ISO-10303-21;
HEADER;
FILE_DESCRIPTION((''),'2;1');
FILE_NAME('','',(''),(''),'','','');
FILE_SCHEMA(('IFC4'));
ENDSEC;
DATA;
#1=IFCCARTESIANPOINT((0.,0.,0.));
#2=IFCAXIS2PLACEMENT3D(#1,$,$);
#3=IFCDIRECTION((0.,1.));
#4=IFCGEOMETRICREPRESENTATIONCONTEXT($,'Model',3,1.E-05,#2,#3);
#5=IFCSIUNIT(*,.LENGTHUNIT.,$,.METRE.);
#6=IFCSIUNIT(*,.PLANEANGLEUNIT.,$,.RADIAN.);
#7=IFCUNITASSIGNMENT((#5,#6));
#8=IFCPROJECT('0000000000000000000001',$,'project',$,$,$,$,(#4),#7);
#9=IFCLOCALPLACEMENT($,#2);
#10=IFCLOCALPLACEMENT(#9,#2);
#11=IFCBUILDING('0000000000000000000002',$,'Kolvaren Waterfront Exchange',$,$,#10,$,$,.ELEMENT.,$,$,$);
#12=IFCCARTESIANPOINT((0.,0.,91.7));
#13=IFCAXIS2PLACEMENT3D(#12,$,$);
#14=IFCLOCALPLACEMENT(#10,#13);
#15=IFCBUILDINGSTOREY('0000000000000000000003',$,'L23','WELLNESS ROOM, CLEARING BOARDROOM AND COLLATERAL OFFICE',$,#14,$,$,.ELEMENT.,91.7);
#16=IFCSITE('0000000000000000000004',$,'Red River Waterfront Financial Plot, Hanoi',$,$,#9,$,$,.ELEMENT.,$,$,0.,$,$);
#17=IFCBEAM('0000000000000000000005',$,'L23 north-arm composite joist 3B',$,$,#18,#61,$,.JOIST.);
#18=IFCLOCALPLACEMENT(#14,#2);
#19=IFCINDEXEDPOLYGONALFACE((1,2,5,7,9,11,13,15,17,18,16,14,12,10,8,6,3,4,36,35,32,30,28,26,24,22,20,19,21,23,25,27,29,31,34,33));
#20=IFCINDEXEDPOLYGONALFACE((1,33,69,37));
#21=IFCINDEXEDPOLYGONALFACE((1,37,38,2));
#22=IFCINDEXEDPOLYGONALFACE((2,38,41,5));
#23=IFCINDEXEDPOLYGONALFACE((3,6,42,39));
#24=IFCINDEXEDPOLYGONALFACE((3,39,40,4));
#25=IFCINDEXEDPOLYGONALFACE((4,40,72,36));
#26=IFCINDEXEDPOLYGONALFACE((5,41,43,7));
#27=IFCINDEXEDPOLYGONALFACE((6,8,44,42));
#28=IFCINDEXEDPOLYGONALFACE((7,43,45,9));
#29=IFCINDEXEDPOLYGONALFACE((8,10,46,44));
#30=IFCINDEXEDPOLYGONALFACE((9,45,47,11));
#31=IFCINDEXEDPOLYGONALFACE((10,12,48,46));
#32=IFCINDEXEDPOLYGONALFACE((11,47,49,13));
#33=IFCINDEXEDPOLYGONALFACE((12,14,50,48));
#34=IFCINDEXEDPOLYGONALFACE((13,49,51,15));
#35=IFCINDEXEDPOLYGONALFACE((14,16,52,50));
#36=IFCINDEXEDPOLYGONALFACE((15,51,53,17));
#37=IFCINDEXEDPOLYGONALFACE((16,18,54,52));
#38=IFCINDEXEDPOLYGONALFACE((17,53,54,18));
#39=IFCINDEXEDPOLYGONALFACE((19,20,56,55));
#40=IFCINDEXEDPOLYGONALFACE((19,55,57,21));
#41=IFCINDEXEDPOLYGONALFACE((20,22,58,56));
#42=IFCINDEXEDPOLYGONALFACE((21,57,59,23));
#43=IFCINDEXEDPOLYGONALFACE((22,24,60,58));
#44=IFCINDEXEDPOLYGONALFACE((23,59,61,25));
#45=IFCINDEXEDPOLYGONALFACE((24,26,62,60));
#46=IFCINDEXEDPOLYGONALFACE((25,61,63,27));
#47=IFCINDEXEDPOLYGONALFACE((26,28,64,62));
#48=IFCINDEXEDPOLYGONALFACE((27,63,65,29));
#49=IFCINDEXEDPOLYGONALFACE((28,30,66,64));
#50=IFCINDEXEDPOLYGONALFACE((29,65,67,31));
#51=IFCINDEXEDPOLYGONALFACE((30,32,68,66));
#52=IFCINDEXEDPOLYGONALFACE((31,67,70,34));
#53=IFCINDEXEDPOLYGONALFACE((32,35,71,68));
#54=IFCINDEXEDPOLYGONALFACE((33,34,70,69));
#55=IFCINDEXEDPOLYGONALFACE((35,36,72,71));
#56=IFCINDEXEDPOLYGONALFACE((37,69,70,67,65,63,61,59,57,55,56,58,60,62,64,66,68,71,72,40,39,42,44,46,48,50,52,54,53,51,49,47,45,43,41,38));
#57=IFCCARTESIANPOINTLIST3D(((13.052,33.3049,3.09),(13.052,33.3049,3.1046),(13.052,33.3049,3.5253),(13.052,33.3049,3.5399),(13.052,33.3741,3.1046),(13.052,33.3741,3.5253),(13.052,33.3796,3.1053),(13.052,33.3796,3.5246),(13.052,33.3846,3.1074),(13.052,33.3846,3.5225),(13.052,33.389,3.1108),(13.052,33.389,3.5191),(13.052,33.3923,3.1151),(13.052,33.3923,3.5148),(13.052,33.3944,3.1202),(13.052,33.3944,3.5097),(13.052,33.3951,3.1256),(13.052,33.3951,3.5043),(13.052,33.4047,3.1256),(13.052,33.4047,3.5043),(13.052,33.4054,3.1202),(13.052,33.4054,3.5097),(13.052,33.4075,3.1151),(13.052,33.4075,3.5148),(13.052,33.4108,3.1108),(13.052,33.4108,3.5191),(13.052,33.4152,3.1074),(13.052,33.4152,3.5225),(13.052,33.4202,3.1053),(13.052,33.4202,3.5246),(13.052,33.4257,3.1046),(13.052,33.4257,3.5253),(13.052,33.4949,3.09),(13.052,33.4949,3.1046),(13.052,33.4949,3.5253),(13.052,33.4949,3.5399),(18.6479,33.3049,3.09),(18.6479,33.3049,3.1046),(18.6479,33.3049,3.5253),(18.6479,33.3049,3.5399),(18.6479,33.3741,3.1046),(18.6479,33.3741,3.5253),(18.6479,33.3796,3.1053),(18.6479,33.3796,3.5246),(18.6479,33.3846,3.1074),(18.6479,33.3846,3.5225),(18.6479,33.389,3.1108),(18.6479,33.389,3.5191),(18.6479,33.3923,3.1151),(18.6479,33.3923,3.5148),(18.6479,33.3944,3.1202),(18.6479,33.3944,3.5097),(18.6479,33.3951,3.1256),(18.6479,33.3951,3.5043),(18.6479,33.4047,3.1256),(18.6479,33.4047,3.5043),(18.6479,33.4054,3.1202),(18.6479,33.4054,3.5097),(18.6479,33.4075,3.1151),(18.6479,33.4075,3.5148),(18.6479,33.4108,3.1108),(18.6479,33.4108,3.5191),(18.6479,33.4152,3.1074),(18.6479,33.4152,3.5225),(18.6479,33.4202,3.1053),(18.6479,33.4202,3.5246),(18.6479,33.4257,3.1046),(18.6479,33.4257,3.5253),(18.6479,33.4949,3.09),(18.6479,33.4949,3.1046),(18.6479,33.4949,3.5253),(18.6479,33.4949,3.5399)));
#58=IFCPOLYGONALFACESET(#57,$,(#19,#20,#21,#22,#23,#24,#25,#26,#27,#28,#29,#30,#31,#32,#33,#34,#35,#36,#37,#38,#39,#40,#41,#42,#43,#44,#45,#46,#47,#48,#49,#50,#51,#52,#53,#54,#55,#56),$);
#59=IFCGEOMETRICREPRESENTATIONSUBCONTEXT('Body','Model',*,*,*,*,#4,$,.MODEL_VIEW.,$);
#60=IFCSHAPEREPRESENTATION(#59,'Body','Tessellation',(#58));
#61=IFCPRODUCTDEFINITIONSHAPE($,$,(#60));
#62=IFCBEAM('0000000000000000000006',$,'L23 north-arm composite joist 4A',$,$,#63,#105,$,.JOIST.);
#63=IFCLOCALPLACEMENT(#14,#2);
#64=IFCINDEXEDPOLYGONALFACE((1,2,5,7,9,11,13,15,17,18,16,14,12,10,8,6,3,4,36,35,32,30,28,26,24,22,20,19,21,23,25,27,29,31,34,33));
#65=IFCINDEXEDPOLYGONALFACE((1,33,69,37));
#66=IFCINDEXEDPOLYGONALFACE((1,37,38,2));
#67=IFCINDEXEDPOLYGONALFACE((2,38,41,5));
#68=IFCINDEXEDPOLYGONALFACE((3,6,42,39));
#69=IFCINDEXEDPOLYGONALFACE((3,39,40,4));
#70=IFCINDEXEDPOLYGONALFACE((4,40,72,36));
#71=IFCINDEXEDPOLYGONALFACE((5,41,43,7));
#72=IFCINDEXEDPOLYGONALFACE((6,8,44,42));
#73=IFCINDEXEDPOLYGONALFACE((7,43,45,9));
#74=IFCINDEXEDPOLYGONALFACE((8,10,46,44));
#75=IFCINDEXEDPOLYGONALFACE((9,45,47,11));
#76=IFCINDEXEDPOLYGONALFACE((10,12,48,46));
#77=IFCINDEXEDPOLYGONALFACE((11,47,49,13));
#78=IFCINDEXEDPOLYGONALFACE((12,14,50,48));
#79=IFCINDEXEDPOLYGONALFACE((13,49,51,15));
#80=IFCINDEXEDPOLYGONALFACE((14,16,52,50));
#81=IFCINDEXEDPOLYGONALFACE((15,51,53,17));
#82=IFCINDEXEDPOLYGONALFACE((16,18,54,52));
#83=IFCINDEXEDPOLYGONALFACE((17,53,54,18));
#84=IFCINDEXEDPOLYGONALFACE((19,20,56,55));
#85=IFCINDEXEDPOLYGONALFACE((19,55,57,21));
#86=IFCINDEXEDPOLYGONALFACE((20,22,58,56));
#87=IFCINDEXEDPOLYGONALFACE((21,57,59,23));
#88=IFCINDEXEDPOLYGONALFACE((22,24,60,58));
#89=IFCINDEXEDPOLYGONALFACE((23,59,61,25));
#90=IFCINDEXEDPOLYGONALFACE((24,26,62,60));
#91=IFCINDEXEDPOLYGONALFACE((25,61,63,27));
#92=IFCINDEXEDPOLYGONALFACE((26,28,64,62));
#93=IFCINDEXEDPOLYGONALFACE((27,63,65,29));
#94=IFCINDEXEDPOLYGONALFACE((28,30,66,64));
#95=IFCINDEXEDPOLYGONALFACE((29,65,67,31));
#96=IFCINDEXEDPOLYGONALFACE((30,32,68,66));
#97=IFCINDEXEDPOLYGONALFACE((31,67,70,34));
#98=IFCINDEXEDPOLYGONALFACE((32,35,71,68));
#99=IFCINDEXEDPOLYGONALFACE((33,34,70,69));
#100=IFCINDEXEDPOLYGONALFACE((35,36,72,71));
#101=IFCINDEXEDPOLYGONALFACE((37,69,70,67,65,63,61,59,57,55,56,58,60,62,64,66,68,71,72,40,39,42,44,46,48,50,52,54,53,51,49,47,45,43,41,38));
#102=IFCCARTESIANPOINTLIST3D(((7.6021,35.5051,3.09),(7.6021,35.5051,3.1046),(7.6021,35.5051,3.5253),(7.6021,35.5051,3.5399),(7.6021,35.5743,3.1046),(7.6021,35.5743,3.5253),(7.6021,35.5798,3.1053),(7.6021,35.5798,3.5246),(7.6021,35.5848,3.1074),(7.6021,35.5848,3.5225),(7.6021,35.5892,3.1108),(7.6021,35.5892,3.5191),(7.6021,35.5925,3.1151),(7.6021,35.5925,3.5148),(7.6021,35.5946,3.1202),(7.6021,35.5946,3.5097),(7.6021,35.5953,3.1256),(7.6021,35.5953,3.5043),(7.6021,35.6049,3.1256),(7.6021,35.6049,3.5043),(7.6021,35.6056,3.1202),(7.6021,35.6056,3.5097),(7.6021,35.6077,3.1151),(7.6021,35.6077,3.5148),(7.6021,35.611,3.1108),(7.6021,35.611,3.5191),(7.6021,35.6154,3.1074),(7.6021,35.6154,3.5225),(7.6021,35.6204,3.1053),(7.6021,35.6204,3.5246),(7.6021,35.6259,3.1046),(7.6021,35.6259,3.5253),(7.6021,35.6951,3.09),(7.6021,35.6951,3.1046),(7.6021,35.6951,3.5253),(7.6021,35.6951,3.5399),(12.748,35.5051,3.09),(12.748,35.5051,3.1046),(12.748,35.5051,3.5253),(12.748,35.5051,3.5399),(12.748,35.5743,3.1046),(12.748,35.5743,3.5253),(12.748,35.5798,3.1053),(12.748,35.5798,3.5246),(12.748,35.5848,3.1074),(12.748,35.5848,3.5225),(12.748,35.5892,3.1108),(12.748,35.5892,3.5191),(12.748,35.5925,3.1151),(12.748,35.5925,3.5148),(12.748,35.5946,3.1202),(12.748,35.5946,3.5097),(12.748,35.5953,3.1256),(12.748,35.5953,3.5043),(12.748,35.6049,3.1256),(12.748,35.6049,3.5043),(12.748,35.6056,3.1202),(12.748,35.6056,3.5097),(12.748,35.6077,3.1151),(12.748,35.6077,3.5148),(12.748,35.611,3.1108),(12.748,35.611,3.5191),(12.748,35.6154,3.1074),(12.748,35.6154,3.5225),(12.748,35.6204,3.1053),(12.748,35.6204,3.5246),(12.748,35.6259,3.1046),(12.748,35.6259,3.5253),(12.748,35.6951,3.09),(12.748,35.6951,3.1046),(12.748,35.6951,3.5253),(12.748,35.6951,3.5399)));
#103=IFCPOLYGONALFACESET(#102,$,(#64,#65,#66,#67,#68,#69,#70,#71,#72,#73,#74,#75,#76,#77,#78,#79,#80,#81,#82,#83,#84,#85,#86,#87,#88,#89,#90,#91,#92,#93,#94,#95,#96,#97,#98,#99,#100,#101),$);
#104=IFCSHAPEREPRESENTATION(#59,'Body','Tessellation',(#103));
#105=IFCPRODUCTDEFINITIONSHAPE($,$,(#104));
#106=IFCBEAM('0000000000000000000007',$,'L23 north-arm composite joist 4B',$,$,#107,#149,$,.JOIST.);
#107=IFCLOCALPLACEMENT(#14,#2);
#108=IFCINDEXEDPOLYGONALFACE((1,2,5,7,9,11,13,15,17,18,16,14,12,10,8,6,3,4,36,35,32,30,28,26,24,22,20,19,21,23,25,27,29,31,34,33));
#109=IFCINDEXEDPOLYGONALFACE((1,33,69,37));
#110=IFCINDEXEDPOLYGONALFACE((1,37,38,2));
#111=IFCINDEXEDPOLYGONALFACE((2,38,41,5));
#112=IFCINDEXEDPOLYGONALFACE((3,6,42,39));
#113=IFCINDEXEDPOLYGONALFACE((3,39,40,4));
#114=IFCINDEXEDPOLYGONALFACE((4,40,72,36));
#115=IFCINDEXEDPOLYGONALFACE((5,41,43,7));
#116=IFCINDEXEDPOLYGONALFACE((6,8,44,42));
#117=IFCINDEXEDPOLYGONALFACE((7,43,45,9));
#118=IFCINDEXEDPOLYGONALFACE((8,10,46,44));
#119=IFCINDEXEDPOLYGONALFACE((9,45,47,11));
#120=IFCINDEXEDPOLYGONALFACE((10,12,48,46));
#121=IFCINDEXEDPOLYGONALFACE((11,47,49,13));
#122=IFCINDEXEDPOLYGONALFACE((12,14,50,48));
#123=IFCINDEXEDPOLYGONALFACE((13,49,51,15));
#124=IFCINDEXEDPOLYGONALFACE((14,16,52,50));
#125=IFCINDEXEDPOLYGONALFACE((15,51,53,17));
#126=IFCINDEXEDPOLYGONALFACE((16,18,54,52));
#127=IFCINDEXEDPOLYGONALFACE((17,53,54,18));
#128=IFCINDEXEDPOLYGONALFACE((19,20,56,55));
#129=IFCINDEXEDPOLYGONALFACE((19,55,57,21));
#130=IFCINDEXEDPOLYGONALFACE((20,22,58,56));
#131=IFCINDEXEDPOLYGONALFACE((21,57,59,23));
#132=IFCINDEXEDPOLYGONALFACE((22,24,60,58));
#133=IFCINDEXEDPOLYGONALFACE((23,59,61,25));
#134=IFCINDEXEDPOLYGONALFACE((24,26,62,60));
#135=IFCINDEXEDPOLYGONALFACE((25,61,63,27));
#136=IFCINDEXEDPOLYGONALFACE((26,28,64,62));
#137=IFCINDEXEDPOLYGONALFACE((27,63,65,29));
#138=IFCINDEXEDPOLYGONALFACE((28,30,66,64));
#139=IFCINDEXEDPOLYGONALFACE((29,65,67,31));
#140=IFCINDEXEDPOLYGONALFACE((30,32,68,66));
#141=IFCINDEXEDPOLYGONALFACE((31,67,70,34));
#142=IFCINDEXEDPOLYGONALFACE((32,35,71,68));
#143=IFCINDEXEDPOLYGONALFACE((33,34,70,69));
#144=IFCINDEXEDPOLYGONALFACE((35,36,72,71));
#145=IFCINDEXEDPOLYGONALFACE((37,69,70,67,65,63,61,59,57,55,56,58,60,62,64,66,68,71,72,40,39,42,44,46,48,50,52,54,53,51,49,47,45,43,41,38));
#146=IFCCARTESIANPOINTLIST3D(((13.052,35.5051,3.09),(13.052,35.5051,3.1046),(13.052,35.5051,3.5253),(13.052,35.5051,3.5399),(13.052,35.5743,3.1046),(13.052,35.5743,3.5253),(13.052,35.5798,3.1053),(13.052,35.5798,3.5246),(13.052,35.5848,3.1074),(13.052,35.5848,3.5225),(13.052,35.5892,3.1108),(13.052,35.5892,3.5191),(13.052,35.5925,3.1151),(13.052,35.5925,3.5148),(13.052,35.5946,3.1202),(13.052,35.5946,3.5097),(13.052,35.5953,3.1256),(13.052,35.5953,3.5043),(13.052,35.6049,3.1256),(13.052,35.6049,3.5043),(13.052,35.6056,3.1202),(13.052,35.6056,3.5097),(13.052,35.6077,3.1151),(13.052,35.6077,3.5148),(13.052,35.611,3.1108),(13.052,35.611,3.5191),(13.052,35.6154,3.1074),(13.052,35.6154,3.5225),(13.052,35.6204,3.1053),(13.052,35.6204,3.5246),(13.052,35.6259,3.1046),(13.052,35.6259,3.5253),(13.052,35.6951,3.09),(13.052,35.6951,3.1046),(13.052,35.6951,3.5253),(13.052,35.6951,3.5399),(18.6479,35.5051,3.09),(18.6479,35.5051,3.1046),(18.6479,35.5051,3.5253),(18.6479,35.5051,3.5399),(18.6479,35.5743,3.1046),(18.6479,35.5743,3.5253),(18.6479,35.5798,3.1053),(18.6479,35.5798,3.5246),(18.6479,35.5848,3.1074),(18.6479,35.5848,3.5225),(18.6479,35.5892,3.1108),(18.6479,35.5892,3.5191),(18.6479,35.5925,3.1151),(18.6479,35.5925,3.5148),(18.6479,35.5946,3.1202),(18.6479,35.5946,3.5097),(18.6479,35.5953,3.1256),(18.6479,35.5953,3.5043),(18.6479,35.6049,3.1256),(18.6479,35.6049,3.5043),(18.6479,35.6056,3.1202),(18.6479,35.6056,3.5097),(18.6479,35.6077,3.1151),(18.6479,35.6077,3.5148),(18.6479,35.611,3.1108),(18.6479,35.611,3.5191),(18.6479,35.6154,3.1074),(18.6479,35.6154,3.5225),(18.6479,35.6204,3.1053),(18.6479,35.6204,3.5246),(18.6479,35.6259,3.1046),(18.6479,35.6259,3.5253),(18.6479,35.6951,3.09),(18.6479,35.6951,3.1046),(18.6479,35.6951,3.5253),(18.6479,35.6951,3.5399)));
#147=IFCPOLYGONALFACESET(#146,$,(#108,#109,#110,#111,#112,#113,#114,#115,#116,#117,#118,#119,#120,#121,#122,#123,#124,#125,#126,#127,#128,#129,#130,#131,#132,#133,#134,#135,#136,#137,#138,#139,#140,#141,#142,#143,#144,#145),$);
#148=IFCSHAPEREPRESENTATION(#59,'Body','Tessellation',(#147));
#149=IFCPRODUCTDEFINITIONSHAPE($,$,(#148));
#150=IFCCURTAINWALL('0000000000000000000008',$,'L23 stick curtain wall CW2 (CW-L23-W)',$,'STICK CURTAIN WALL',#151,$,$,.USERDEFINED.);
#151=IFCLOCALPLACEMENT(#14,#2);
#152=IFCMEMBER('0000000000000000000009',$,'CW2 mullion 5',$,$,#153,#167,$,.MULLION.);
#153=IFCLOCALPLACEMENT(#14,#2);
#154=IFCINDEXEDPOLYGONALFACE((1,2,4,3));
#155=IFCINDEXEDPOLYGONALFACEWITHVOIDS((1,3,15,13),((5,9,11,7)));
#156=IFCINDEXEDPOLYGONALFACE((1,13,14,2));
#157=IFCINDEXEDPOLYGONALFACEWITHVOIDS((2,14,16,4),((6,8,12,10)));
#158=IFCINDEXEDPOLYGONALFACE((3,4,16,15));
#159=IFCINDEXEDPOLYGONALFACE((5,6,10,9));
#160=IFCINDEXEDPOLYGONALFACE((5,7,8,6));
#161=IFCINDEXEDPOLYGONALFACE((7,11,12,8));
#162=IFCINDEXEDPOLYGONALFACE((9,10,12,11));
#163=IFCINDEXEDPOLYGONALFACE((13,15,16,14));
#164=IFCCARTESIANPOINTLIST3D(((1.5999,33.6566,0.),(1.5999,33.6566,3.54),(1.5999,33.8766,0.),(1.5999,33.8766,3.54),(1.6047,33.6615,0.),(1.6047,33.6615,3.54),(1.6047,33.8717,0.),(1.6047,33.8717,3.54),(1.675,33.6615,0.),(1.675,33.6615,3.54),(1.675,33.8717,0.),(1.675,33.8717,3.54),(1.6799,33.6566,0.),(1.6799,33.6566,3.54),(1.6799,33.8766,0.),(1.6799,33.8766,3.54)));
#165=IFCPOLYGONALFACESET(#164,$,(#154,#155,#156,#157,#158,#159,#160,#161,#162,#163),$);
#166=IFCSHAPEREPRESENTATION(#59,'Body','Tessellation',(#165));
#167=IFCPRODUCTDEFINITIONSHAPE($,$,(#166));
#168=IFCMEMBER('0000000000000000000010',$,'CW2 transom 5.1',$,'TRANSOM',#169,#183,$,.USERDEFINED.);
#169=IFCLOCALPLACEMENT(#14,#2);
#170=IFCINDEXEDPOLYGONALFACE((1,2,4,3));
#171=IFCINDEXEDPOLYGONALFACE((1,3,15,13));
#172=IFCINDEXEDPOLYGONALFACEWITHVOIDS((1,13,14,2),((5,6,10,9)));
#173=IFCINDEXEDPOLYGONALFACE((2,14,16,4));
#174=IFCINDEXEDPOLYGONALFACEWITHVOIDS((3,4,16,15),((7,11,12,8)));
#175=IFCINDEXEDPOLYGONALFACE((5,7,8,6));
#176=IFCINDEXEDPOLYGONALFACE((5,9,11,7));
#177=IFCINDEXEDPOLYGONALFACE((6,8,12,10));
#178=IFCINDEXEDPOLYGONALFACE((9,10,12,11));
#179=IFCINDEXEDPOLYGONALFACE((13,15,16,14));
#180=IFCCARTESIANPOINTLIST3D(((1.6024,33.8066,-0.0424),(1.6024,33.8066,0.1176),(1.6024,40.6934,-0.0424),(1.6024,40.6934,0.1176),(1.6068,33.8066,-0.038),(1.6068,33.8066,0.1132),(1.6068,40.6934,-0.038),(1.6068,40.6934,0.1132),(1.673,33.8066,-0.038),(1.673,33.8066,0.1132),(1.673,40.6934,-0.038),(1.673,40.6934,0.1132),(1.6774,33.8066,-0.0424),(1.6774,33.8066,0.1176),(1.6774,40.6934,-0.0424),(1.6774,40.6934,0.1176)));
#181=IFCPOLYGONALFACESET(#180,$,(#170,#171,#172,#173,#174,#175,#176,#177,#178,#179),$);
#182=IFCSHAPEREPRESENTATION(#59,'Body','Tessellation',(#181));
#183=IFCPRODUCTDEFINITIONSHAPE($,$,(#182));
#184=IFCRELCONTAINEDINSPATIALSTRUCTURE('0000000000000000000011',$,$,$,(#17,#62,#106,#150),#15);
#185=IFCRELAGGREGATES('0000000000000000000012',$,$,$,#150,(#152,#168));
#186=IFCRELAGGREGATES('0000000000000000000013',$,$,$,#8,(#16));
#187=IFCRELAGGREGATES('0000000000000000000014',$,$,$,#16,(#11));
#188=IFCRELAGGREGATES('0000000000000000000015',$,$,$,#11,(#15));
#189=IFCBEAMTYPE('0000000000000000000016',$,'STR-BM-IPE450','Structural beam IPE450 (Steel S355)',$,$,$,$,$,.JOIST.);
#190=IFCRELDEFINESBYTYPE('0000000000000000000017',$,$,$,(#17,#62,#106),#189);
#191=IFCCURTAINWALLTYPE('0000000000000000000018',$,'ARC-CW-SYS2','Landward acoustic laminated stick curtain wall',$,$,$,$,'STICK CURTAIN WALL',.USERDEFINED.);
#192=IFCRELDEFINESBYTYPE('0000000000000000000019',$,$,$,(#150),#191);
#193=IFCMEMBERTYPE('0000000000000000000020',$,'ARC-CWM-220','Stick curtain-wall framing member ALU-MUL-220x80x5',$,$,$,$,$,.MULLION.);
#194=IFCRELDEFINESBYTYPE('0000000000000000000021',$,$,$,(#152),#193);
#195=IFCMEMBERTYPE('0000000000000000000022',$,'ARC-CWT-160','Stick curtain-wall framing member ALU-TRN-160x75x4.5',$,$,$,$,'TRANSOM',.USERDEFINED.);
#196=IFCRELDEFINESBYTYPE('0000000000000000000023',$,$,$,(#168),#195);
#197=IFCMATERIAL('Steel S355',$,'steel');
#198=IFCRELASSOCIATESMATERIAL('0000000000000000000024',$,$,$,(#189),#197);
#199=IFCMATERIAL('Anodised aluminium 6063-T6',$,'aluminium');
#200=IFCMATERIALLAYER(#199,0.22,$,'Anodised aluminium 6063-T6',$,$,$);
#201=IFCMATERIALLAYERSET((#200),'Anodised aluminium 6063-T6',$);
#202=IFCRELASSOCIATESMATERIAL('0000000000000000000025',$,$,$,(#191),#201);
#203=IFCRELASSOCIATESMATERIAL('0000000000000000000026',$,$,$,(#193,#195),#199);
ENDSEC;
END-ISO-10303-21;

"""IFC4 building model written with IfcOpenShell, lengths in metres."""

from ifc_helpers import new_model, si_unit, direction, frame, origin, origin_with_axes, origin_2d, place, context, subcontext, project, spatial, hollow_rectangle, i_section, extrude, source, transform, mapped, material, layer, layer_set, material_profile, profile_set, type_object, element, aggregate, save


model = new_model("IFC4")

# Units and contexts
model_context = context("Model", 3, precision=1e-05, world=origin(), true_north=direction((0.0, 1.0)))
body_context = subcontext(model_context, "Body", "Model", "MODEL_VIEW")
ifc_project = project(units=[si_unit("LENGTHUNIT", "METRE"), si_unit("PLANEANGLEUNIT", "RADIAN")], contexts=[model_context])

# Site, building, storey
site_placement = place(None, origin())
site = spatial("IfcSite", under=ifc_project, at=site_placement, Name="Red River Waterfront Financial Plot, Hanoi", CompositionType="ELEMENT", RefElevation=0.0)
building_placement = place(site_placement, origin())
building = spatial("IfcBuilding", under=site, at=building_placement, Name="Kolvaren Waterfront Exchange", CompositionType="ELEMENT")
storey_placement = place(building_placement, frame((0.0, 0.0, 91.7)))
storey = spatial("IfcBuildingStorey", under=building, at=storey_placement, Name="L23", Description="WELLNESS ROOM, CLEARING BOARDROOM AND COLLATERAL OFFICE", CompositionType="ELEMENT", Elevation=91.7)

# Beams
ifc_material_1 = material(Name="Steel S355", Category="steel")
ifc_material_profile_1 = material_profile(ifc_material_1, i_section(OverallWidth=0.1899, OverallDepth=0.45, WebThickness=0.0095, FlangeThickness=0.0146, FilletRadius=0.021, at=origin_2d()), Name="IPE450")
ifc_profile_set_1 = profile_set([ifc_material_profile_1], Name="Steel S355")
beam_type_1 = type_object("IfcBeamType", Name="STR-BM-IPE450", Description="Structural beam IPE450 (Steel S355)", PredefinedType="JOIST", material=ifc_profile_set_1)
beam_1_placement = place(storey_placement, frame((13.052, 33.3999, 3.3149), z_axis=(1.0, 0.0, 0.0), x_axis=(0.0, 1.0, 0.0)))
element("IfcBeam", 1, at=beam_1_placement, inside=storey, type_object=beam_type_1, Name="L23 north-arm composite joist 3B", PredefinedType="JOIST", context=body_context, shape_type="SweptSolid", body=[
    extrude(i_section(OverallWidth=0.1899, OverallDepth=0.45, WebThickness=0.0095, FlangeThickness=0.0146, FilletRadius=0.021, at=origin_2d()), origin(), (0.0, 0.0, 1.0), 5.5959),
])
beam_2_placement = place(storey_placement, frame((7.6021, 35.6001, 3.3149), z_axis=(1.0, 0.0, 0.0), x_axis=(0.0, 1.0, 0.0)))
element("IfcBeam", 2, at=beam_2_placement, inside=storey, type_object=beam_type_1, Name="L23 north-arm composite joist 4A", PredefinedType="JOIST", context=body_context, shape_type="SweptSolid", body=[
    extrude(i_section(OverallWidth=0.1899, OverallDepth=0.45, WebThickness=0.0095, FlangeThickness=0.0146, FilletRadius=0.021, at=origin_2d()), origin(), (0.0, 0.0, 1.0), 5.146),
])
beam_3_placement = place(storey_placement, frame((13.052, 35.6001, 3.3149), z_axis=(1.0, 0.0, 0.0), x_axis=(0.0, 1.0, 0.0)))
element("IfcBeam", 3, at=beam_3_placement, inside=storey, type_object=beam_type_1, Name="L23 north-arm composite joist 4B", PredefinedType="JOIST", context=body_context, shape_type="SweptSolid", body=[
    extrude(i_section(OverallWidth=0.1899, OverallDepth=0.45, WebThickness=0.0095, FlangeThickness=0.0146, FilletRadius=0.021, at=origin_2d()), origin(), (0.0, 0.0, 1.0), 5.5959),
])

# Curtain wall, members
ifc_material_2 = material(Name="Anodised aluminium 6063-T6", Category="aluminium")
ifc_layer_1 = layer(ifc_material_2, 0.22, Name="Anodised aluminium 6063-T6")
ifc_layer_set_1 = layer_set([ifc_layer_1], Name="Anodised aluminium 6063-T6")
curtain_wall_type = type_object("IfcCurtainWallType", Name="ARC-CW-SYS2", Description="Landward acoustic laminated stick curtain wall", ElementType="STICK CURTAIN WALL", PredefinedType="USERDEFINED", material=ifc_layer_set_1)
curtain_wall_placement = place(storey_placement, origin())
curtain_wall = element("IfcCurtainWall", 4, at=curtain_wall_placement, inside=storey, type_object=curtain_wall_type, Name="L23 stick curtain wall CW2 (CW-L23-W)", ObjectType="STICK CURTAIN WALL", PredefinedType="USERDEFINED")
ifc_material_profile_2 = material_profile(ifc_material_2, hollow_rectangle(XDim=0.0801, YDim=0.22, WallThickness=0.0049, at=origin_2d()), Name="ALU-MUL-220x80x5")
ifc_profile_set_2 = profile_set([ifc_material_profile_2], Name="Anodised aluminium 6063-T6")
member_type_1 = type_object("IfcMemberType", Name="ARC-CWM-220", Description="Stick curtain-wall framing member ALU-MUL-220x80x5", PredefinedType="MULLION", material=ifc_profile_set_2)
shared_shape_1 = source(origin_with_axes(), body_context, "Body", "SweptSolid", [
    extrude(hollow_rectangle(XDim=0.0801, YDim=0.22, WallThickness=0.0049, at=origin_2d()), origin(), (0.0, 0.0, 1.0), 3.54),
])
member_1_placement = place(storey_placement, frame((1.6399, 33.7666, 0.0), z_axis=(0.0, 0.0, 1.0), x_axis=(-1.0, 0.0, 0.0)))
member_1 = element("IfcMember", 5, at=member_1_placement, type_object=member_type_1, Name="CW2 mullion 5", PredefinedType="MULLION", context=body_context, shape_type="MappedRepresentation", body=[
    mapped(shared_shape_1, transform((0.0, 0.0, 0.0), x_axis=(1.0, 0.0, 0.0), y_axis=(0.0, 1.0, 0.0), z_axis=(0.0, 0.0, 1.0), scale=1.0)),
])
ifc_material_profile_3 = material_profile(ifc_material_2, hollow_rectangle(XDim=0.075, YDim=0.1599, WallThickness=0.0044, at=origin_2d()), Name="ALU-TRN-160x75x4.5")
ifc_profile_set_3 = profile_set([ifc_material_profile_3], Name="Anodised aluminium 6063-T6")
member_type_2 = type_object("IfcMemberType", Name="ARC-CWT-160", Description="Stick curtain-wall framing member ALU-TRN-160x75x4.5", ElementType="TRANSOM", PredefinedType="USERDEFINED", material=ifc_profile_set_3)
shared_shape_2 = source(origin_with_axes(), body_context, "Body", "SweptSolid", [
    extrude(hollow_rectangle(XDim=0.075, YDim=0.1599, WallThickness=0.0044, at=origin_2d()), origin(), (0.0, 0.0, 1.0), 6.8867),
])
member_2_placement = place(storey_placement, frame((1.6399, 33.8066, 0.0376), z_axis=(0.0, 1.0, 0.0), x_axis=(-1.0, 0.0, 0.0)))
member_2 = element("IfcMember", 6, at=member_2_placement, type_object=member_type_2, Name="CW2 transom 5.1", ObjectType="TRANSOM", PredefinedType="USERDEFINED", context=body_context, shape_type="MappedRepresentation", body=[
    mapped(shared_shape_2, transform((0.0, 0.0, 0.0), x_axis=(1.0, 0.0, 0.0), y_axis=(0.0, 1.0, 0.0), z_axis=(0.0, 0.0, 1.0), scale=1.0)),
])
aggregate(curtain_wall, [member_1, member_2])

save(model, "model.ifc")
